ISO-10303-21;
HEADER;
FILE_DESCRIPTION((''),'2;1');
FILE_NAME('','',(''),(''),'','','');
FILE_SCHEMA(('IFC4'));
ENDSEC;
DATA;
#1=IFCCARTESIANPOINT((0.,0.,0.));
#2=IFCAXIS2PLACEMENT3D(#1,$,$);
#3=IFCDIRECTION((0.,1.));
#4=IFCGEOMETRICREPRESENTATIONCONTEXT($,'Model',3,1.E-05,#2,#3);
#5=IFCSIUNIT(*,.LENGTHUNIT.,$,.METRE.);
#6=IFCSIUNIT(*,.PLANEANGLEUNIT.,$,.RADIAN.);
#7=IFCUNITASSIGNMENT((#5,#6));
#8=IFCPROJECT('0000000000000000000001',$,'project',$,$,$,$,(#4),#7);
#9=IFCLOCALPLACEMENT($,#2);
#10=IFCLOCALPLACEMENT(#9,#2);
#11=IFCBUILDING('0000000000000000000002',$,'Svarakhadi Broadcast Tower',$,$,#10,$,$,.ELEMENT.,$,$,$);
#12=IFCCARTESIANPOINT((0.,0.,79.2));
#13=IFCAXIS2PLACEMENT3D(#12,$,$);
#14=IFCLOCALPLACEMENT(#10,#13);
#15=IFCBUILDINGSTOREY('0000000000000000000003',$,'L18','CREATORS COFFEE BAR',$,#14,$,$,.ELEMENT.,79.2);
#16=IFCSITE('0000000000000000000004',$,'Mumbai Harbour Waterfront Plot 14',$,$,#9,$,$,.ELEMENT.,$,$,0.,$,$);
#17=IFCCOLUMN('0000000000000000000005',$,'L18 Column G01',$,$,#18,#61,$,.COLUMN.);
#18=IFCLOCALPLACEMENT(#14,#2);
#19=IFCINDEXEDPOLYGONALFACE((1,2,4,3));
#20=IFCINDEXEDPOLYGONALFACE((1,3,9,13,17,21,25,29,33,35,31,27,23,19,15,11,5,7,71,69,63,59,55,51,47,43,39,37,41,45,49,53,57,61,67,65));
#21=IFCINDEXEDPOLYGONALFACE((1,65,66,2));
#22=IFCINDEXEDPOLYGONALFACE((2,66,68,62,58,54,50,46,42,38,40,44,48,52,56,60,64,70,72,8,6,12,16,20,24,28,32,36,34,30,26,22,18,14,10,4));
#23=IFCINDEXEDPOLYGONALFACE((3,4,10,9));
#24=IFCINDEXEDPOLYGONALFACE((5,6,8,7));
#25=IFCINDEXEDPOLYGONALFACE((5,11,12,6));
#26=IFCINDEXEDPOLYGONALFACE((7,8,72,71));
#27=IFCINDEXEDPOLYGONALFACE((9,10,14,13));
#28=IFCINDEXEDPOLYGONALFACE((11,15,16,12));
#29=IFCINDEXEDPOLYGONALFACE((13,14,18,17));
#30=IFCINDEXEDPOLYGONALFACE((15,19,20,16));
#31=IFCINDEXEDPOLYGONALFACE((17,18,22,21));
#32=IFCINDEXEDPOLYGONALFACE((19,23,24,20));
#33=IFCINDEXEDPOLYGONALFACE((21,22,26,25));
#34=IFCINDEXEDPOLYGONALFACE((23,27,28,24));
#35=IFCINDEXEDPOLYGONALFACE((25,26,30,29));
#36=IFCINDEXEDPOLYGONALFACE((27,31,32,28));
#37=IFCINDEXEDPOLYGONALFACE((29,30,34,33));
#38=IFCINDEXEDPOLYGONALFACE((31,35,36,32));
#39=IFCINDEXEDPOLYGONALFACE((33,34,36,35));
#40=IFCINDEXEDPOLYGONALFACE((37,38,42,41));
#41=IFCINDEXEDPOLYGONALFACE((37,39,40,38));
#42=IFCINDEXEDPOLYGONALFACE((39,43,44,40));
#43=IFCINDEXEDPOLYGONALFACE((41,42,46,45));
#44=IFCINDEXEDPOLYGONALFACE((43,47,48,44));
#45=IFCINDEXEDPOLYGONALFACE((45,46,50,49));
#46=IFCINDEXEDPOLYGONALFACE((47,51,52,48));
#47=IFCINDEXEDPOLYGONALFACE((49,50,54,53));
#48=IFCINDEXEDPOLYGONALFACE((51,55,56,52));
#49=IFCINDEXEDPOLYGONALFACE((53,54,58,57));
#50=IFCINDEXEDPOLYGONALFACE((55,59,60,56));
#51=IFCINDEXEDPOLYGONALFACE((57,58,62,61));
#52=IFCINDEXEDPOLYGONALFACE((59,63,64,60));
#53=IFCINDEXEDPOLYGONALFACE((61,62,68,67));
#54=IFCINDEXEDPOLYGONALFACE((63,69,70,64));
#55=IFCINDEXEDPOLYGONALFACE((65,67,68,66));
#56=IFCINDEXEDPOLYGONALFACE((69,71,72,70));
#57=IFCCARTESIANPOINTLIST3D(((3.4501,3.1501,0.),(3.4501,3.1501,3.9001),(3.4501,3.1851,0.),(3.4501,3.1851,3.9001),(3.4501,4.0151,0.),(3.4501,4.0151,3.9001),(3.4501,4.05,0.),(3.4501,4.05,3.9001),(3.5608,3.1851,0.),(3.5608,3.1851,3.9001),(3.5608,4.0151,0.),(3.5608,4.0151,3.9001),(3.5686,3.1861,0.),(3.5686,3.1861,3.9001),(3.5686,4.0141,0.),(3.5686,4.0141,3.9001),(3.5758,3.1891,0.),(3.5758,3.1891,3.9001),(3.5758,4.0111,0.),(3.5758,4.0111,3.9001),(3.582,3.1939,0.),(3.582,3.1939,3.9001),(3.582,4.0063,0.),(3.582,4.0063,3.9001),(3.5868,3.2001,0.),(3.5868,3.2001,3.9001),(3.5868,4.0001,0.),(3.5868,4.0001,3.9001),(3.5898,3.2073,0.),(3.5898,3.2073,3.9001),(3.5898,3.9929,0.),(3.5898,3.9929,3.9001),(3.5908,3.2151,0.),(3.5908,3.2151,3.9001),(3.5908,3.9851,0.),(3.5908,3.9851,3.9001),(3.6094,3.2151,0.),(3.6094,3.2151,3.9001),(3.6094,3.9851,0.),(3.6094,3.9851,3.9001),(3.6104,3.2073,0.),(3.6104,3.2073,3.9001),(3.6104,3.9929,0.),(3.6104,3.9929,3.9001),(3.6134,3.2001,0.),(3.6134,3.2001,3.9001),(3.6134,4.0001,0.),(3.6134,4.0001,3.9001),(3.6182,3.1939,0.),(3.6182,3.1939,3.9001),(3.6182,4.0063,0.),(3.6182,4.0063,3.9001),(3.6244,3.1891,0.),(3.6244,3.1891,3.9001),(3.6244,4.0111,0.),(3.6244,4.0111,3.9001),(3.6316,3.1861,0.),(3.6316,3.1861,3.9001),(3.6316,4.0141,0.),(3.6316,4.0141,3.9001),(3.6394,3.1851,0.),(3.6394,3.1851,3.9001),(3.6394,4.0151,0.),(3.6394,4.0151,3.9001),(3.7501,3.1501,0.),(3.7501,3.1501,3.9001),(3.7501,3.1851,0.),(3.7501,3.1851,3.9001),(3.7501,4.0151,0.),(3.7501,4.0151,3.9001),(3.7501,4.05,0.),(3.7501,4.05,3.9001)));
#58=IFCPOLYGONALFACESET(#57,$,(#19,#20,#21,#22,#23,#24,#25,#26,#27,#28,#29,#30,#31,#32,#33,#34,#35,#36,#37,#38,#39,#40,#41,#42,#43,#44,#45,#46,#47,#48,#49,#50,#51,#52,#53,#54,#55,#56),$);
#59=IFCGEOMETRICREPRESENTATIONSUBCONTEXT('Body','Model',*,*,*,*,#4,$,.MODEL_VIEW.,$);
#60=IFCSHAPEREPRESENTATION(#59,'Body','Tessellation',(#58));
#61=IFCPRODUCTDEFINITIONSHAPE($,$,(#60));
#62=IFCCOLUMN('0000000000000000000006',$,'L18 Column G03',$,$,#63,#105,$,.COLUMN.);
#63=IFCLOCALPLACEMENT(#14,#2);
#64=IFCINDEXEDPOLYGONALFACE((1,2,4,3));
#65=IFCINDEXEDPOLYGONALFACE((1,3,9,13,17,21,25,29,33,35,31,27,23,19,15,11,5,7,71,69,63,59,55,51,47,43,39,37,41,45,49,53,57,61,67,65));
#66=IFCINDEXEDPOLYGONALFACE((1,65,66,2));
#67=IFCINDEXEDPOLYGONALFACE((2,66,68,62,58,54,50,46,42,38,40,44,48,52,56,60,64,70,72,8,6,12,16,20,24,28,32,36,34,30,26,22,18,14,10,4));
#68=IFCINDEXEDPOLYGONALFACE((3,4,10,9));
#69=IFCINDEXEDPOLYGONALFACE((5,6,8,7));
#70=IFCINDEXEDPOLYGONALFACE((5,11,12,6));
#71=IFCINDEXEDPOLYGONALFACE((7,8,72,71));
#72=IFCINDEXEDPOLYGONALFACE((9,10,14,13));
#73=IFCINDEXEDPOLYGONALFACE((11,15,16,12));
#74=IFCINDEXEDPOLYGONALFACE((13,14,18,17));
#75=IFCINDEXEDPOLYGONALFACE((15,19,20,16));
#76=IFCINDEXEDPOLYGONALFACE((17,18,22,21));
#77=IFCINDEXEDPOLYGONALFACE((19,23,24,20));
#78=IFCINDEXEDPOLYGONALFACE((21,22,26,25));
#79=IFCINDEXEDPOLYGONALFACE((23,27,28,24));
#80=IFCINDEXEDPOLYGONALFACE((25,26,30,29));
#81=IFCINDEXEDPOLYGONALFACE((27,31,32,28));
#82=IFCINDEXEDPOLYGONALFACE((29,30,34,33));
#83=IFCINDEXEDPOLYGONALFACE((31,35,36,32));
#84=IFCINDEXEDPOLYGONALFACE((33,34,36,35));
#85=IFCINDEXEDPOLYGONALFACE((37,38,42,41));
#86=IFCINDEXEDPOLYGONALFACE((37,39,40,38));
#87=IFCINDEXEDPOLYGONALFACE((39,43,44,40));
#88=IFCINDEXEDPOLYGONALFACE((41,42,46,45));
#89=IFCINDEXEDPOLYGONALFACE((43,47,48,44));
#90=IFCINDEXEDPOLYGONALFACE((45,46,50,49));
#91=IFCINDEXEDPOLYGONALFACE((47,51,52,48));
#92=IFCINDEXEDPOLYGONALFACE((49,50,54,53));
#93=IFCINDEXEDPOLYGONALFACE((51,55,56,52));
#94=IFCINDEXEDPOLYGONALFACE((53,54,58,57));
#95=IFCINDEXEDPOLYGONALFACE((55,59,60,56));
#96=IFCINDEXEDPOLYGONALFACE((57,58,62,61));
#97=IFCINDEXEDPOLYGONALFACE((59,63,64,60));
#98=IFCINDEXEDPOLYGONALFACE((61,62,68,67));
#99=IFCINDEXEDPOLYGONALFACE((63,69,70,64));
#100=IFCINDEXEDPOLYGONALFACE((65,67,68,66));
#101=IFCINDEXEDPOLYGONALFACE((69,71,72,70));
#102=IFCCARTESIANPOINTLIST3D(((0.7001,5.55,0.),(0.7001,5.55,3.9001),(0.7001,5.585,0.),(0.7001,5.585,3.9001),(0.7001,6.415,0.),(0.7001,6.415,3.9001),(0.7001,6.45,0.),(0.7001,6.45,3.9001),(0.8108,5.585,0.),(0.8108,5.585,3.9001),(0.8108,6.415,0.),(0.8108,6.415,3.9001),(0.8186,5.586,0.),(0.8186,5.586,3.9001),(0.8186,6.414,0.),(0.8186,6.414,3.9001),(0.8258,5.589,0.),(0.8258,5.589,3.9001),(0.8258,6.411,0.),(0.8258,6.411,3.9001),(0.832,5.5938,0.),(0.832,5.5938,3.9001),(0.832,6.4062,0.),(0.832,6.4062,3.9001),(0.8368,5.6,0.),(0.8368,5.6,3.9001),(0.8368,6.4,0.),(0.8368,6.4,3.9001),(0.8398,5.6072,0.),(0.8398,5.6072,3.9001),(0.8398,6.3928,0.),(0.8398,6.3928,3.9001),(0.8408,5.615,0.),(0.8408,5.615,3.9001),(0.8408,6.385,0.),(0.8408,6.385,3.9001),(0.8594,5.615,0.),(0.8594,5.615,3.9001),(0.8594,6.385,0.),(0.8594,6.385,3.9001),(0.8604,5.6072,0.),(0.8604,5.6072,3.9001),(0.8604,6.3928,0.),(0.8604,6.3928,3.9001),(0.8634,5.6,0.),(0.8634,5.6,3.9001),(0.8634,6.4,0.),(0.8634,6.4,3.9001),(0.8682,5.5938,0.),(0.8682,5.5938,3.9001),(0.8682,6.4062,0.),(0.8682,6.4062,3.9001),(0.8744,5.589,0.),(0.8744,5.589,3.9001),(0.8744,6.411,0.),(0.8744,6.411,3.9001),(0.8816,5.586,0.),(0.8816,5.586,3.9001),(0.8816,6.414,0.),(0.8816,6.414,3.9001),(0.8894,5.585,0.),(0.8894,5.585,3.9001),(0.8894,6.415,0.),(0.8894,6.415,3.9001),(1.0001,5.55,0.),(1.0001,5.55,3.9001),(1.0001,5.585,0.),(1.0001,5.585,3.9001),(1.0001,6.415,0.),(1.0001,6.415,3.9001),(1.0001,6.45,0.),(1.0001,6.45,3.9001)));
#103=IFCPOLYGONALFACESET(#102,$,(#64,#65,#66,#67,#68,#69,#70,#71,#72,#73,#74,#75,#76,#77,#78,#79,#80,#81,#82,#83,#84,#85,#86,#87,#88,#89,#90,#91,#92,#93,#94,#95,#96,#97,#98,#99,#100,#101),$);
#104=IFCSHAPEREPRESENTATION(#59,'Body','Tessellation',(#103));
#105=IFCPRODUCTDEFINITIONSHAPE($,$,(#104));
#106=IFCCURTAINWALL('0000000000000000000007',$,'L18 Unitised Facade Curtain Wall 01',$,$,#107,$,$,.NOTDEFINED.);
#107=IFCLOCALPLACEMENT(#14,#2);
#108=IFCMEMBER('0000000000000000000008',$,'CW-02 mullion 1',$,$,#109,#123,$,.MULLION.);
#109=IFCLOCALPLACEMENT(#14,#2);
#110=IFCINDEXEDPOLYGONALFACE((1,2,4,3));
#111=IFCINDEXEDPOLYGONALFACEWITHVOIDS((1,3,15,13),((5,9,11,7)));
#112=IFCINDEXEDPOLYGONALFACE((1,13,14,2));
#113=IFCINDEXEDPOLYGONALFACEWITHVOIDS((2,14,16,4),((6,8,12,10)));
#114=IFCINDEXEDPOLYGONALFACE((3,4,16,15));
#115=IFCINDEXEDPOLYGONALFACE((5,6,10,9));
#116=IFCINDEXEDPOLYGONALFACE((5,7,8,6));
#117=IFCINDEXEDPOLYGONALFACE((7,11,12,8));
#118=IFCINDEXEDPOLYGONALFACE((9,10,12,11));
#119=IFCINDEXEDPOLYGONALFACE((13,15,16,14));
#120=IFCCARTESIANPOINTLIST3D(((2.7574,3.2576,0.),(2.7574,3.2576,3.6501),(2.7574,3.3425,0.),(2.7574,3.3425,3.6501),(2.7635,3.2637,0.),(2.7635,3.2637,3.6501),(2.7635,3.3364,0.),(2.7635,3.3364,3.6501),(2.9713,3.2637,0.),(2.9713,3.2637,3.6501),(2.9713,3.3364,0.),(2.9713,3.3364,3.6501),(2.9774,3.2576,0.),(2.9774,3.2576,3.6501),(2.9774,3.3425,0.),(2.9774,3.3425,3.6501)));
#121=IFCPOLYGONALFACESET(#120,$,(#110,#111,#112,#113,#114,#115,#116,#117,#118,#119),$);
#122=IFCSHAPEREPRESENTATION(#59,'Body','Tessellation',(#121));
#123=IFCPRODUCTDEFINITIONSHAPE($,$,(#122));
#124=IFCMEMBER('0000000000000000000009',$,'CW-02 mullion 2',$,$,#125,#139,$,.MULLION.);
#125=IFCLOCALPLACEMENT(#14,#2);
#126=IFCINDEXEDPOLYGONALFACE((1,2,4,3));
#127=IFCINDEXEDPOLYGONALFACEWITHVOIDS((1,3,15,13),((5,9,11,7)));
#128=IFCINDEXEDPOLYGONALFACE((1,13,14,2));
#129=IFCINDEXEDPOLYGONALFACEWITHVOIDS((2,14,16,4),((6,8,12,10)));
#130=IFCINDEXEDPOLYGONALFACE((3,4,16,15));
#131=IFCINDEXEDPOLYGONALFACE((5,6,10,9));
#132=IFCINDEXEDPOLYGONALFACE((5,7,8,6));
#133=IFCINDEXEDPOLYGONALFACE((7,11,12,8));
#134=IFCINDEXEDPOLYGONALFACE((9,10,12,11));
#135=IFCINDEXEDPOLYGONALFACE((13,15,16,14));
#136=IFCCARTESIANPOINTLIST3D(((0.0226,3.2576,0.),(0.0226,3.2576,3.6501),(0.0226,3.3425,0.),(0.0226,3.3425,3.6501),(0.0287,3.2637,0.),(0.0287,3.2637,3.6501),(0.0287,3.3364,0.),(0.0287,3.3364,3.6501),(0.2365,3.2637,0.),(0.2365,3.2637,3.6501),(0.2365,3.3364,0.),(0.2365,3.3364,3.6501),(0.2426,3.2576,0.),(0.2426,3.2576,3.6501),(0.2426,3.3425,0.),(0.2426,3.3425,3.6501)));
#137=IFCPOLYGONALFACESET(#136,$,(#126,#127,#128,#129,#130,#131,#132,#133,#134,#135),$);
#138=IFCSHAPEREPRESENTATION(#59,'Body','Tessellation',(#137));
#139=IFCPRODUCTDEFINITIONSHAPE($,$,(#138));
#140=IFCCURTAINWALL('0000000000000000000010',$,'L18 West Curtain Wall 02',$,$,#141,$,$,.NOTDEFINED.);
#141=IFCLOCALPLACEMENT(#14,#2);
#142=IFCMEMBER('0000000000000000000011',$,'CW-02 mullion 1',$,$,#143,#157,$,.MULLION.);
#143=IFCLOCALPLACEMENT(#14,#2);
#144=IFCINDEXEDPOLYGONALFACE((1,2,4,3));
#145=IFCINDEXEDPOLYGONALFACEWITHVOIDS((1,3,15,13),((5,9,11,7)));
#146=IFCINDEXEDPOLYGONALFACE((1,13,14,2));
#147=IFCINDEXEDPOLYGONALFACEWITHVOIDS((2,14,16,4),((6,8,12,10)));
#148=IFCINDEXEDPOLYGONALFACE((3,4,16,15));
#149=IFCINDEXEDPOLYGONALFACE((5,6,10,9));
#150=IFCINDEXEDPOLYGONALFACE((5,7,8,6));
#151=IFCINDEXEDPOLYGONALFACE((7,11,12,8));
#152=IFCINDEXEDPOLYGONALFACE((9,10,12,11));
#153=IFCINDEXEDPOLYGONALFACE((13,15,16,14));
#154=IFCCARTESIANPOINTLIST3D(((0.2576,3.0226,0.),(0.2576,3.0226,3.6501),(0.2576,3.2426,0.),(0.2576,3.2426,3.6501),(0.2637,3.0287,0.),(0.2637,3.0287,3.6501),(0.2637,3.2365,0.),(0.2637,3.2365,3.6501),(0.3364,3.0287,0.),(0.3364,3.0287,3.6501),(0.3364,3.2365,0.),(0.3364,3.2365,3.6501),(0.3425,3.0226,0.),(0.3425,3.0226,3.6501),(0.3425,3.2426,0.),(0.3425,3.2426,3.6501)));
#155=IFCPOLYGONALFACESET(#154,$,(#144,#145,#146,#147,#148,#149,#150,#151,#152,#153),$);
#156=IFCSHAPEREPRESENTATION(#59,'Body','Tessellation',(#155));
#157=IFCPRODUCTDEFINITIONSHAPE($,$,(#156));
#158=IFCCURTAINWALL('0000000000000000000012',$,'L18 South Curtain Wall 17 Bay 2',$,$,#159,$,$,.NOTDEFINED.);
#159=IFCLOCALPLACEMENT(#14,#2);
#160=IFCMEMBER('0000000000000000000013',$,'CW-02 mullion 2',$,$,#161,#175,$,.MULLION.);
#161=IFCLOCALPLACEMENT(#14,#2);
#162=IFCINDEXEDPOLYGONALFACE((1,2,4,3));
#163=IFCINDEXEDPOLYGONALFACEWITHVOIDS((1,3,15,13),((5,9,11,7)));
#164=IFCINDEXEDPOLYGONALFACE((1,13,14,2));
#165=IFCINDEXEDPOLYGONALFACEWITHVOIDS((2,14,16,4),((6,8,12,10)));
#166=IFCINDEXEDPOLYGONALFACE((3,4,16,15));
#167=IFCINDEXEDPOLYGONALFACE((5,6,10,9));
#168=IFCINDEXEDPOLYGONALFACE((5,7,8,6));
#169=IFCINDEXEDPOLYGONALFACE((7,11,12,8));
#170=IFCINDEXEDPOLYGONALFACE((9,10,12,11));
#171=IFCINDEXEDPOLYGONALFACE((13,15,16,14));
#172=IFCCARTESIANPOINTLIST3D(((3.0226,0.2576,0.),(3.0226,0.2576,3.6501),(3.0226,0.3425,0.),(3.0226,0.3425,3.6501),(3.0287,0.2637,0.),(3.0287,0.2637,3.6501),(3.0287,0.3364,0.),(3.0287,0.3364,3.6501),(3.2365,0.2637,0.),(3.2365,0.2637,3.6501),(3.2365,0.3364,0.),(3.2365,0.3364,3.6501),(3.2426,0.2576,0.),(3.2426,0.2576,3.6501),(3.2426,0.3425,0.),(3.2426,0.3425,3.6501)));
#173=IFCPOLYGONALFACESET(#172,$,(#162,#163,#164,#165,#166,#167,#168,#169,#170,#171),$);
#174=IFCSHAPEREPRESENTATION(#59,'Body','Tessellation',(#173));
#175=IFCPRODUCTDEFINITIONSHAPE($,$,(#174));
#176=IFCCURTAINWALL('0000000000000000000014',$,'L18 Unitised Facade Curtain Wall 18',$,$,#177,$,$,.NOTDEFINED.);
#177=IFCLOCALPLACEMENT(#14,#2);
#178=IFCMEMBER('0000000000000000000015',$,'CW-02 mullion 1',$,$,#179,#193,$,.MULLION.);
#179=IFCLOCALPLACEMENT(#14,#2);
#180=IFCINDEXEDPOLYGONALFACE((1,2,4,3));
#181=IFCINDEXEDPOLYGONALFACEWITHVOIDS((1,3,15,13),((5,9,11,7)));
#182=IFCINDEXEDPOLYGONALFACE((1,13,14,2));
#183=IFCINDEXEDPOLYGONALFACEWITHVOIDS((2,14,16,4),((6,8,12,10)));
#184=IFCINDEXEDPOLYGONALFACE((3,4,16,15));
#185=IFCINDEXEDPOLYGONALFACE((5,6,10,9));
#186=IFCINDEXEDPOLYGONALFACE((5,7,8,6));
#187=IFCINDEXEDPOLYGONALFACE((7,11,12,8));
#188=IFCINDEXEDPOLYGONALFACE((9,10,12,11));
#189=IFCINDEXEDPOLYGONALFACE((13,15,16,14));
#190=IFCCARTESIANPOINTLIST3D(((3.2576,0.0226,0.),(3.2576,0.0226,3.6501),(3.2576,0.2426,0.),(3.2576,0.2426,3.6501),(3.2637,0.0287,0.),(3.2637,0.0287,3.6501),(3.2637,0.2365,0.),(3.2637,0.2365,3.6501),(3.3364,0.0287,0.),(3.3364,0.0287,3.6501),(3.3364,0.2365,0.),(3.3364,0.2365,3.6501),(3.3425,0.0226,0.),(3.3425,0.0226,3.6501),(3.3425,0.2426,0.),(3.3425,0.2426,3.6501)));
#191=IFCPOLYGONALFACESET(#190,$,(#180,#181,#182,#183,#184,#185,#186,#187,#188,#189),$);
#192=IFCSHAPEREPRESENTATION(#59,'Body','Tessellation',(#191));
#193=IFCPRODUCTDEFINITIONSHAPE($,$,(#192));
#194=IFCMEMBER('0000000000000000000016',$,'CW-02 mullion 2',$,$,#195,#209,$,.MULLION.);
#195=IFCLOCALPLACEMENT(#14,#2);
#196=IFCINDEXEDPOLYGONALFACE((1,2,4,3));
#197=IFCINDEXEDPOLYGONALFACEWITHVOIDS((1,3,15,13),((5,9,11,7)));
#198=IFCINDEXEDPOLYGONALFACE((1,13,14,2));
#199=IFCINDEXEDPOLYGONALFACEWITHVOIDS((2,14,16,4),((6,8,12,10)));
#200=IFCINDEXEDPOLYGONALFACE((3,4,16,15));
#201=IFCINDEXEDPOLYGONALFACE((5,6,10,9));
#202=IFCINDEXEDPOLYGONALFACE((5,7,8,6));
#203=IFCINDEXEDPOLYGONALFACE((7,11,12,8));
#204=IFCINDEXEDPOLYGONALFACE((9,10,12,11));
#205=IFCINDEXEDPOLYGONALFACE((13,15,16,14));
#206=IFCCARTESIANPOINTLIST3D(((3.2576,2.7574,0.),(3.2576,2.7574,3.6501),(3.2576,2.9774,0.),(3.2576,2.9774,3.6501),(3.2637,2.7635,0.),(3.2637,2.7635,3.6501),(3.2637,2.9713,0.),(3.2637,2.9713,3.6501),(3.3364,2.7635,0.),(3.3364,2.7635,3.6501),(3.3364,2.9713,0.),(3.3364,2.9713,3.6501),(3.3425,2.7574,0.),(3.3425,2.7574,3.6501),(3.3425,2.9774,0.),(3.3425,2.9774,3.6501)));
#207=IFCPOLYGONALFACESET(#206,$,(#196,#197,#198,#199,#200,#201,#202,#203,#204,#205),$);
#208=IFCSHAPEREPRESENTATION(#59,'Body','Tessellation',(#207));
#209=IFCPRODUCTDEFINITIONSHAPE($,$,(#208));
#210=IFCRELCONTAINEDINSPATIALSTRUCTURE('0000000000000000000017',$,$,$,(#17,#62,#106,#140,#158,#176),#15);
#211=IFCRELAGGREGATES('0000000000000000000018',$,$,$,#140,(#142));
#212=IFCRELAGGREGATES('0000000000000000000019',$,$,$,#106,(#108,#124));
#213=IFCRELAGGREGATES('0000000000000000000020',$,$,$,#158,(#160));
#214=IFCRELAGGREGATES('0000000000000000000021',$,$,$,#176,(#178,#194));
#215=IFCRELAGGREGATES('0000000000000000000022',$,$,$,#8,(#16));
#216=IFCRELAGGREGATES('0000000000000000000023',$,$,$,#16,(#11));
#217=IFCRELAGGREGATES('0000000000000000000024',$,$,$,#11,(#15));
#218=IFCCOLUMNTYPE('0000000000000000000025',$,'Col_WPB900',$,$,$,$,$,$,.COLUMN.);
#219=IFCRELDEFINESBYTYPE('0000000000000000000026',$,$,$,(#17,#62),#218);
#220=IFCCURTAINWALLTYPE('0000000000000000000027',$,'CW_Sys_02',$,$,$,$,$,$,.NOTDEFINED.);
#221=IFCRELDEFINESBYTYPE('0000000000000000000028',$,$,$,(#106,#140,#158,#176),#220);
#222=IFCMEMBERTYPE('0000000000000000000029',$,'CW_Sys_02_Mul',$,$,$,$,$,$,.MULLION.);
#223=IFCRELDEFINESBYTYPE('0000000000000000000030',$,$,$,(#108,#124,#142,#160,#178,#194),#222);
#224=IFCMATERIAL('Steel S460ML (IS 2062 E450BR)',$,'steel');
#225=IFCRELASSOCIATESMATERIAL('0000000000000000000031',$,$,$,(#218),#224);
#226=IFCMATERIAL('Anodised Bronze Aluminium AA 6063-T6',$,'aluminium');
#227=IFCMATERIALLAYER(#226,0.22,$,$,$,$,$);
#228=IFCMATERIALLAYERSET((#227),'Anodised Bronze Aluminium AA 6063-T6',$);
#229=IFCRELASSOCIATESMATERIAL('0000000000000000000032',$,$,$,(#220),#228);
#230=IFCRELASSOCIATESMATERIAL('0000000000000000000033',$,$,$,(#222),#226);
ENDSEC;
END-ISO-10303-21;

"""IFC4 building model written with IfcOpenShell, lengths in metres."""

from ifc_helpers import new_model, si_unit, direction, frame, origin, origin_2d, place, context, subcontext, project, spatial, hollow_rectangle, i_section, extrude, material, layer, layer_set, material_profile, profile_set, type_object, element, aggregate, save


model = new_model("IFC4")

# Units and contexts
model_context = context("Model", 3, precision=1e-05, world=origin(), true_north=direction((0.0, 1.0)))
body_context = subcontext(model_context, "Body", "Model", "MODEL_VIEW")
ifc_project = project(units=[si_unit("LENGTHUNIT", "METRE"), si_unit("PLANEANGLEUNIT", "RADIAN")], contexts=[model_context])

# Site, building, storey
site_placement = place(None, origin())
site = spatial("IfcSite", under=ifc_project, at=site_placement, Name="Mumbai Harbour Waterfront Plot 14", CompositionType="ELEMENT", RefElevation=0.0)
building_placement = place(site_placement, origin())
building = spatial("IfcBuilding", under=site, at=building_placement, Name="Svarakhadi Broadcast Tower", CompositionType="ELEMENT")
storey_placement = place(building_placement, frame((0.0, 0.0, 79.2)))
storey = spatial("IfcBuildingStorey", under=building, at=storey_placement, Name="L18", Description="CREATORS COFFEE BAR", CompositionType="ELEMENT", Elevation=79.2)

# Columns
ifc_material_1 = material(Name="Steel S460ML (IS 2062 E450BR)", Category="steel")
ifc_material_profile_1 = material_profile(ifc_material_1, i_section(OverallWidth=0.3, OverallDepth=0.8999, WebThickness=0.0186, FlangeThickness=0.0349, FilletRadius=0.03, at=origin_2d()), Name="WPB 900x300x291")
ifc_profile_set_1 = profile_set([ifc_material_profile_1], Name="Steel S460ML (IS 2062 E450BR)")
column_type = type_object("IfcColumnType", Name="Col_WPB900", PredefinedType="COLUMN", material=ifc_profile_set_1)
for number, where, z_axis, x_axis, name in (
    (1, (3.6001, 3.6001, 0.0), (0.0, 0.0, 1.0), (1.0, 0.0, 0.0), "L18 Column G01"),
    (2, (0.8501, 6.0, 0.0), (0.0, 0.0, 1.0), (1.0, 0.0, 0.0), "L18 Column G03"),
):
    element("IfcColumn", number, at=place(storey_placement, frame(where, z_axis=z_axis, x_axis=x_axis)), inside=storey, type_object=column_type, Name=name, PredefinedType="COLUMN", context=body_context, shape_type="SweptSolid", body=[
        extrude(i_section(OverallWidth=0.3, OverallDepth=0.8999, WebThickness=0.0186, FlangeThickness=0.0349, FilletRadius=0.03, at=origin_2d()), origin(), (0.0, 0.0, 1.0), 3.9001),
    ])

# Curtain wall, members
ifc_material_2 = material(Name="Anodised Bronze Aluminium AA 6063-T6", Category="aluminium")
ifc_layer_1 = layer(ifc_material_2, 0.22)
ifc_layer_set_1 = layer_set([ifc_layer_1], Name="Anodised Bronze Aluminium AA 6063-T6")
curtain_wall_type = type_object("IfcCurtainWallType", Name="CW_Sys_02", PredefinedType="NOTDEFINED", material=ifc_layer_set_1)
curtain_wall_1_placement = place(storey_placement, origin())
curtain_wall_1 = element("IfcCurtainWall", 3, at=curtain_wall_1_placement, inside=storey, type_object=curtain_wall_type, Name="L18 Unitised Facade Curtain Wall 01", PredefinedType="NOTDEFINED")
ifc_material_profile_2 = material_profile(ifc_material_2, hollow_rectangle(XDim=0.085, YDim=0.22, WallThickness=0.0061, at=origin_2d()), Name="ALU MULLION 220x85x6")
ifc_profile_set_2 = profile_set([ifc_material_profile_2], Name="Anodised Bronze Aluminium AA 6063-T6")
member_type_1 = type_object("IfcMemberType", Name="CW_Sys_02_Mul", PredefinedType="MULLION", material=ifc_profile_set_2)
member_1_placement = place(storey_placement, frame((2.8674, 3.3, 0.0), z_axis=(0.0, 0.0, 1.0), x_axis=(0.0, -1.0, 0.0)))
member_1 = element("IfcMember", 4, at=member_1_placement, type_object=member_type_1, Name="CW-02 mullion 1", PredefinedType="MULLION", context=body_context, shape_type="SweptSolid", body=[
    extrude(hollow_rectangle(XDim=0.085, YDim=0.22, WallThickness=0.0061, at=origin_2d()), origin(), (0.0, 0.0, 1.0), 3.6501),
])
member_2_placement = place(storey_placement, frame((0.1326, 3.3, 0.0), z_axis=(0.0, 0.0, 1.0), x_axis=(0.0, -1.0, 0.0)))
member_2 = element("IfcMember", 5, at=member_2_placement, type_object=member_type_1, Name="CW-02 mullion 2", PredefinedType="MULLION", context=body_context, shape_type="SweptSolid", body=[
    extrude(hollow_rectangle(XDim=0.085, YDim=0.22, WallThickness=0.0061, at=origin_2d()), origin(), (0.0, 0.0, 1.0), 3.6501),
])

# Curtain walls, members
curtain_wall_2_placement = place(storey_placement, origin())
curtain_wall_2 = element("IfcCurtainWall", 6, at=curtain_wall_2_placement, inside=storey, type_object=curtain_wall_type, Name="L18 West Curtain Wall 02", PredefinedType="NOTDEFINED")
member_3_placement = place(storey_placement, frame((0.3, 3.1326, 0.0), z_axis=(0.0, 0.0, 1.0), x_axis=(-1.0, 0.0, 0.0)))
member_3 = element("IfcMember", 7, at=member_3_placement, type_object=member_type_1, Name="CW-02 mullion 1", PredefinedType="MULLION", context=body_context, shape_type="SweptSolid", body=[
    extrude(hollow_rectangle(XDim=0.085, YDim=0.22, WallThickness=0.0061, at=origin_2d()), origin(), (0.0, 0.0, 1.0), 3.6501),
])
curtain_wall_3_placement = place(storey_placement, origin())
curtain_wall_3 = element("IfcCurtainWall", 8, at=curtain_wall_3_placement, inside=storey, type_object=curtain_wall_type, Name="L18 South Curtain Wall 17 Bay 2", PredefinedType="NOTDEFINED")
member_4_placement = place(storey_placement, frame((3.1326, 0.3, 0.0), z_axis=(0.0, 0.0, 1.0), x_axis=(0.0, -1.0, 0.0)))
member_4 = element("IfcMember", 9, at=member_4_placement, type_object=member_type_1, Name="CW-02 mullion 2", PredefinedType="MULLION", context=body_context, shape_type="SweptSolid", body=[
    extrude(hollow_rectangle(XDim=0.085, YDim=0.22, WallThickness=0.0061, at=origin_2d()), origin(), (0.0, 0.0, 1.0), 3.6501),
])

# Curtain wall, members
curtain_wall_4_placement = place(storey_placement, origin())
curtain_wall_4 = element("IfcCurtainWall", 10, at=curtain_wall_4_placement, inside=storey, type_object=curtain_wall_type, Name="L18 Unitised Facade Curtain Wall 18", PredefinedType="NOTDEFINED")
member_5_placement = place(storey_placement, frame((3.3, 0.1326, 0.0), z_axis=(0.0, 0.0, 1.0), x_axis=(-1.0, 0.0, 0.0)))
member_5 = element("IfcMember", 11, at=member_5_placement, type_object=member_type_1, Name="CW-02 mullion 1", PredefinedType="MULLION", context=body_context, shape_type="SweptSolid", body=[
    extrude(hollow_rectangle(XDim=0.085, YDim=0.22, WallThickness=0.0061, at=origin_2d()), origin(), (0.0, 0.0, 1.0), 3.6501),
])
member_6_placement = place(storey_placement, frame((3.3, 2.8674, 0.0), z_axis=(0.0, 0.0, 1.0), x_axis=(-1.0, 0.0, 0.0)))
member_6 = element("IfcMember", 12, at=member_6_placement, type_object=member_type_1, Name="CW-02 mullion 2", PredefinedType="MULLION", context=body_context, shape_type="SweptSolid", body=[
    extrude(hollow_rectangle(XDim=0.085, YDim=0.22, WallThickness=0.0061, at=origin_2d()), origin(), (0.0, 0.0, 1.0), 3.6501),
])

aggregate(curtain_wall_2, [member_3])

aggregate(curtain_wall_1, [member_1, member_2])
aggregate(curtain_wall_3, [member_4])
aggregate(curtain_wall_4, [member_5, member_6])

save(model, "model.ifc")
